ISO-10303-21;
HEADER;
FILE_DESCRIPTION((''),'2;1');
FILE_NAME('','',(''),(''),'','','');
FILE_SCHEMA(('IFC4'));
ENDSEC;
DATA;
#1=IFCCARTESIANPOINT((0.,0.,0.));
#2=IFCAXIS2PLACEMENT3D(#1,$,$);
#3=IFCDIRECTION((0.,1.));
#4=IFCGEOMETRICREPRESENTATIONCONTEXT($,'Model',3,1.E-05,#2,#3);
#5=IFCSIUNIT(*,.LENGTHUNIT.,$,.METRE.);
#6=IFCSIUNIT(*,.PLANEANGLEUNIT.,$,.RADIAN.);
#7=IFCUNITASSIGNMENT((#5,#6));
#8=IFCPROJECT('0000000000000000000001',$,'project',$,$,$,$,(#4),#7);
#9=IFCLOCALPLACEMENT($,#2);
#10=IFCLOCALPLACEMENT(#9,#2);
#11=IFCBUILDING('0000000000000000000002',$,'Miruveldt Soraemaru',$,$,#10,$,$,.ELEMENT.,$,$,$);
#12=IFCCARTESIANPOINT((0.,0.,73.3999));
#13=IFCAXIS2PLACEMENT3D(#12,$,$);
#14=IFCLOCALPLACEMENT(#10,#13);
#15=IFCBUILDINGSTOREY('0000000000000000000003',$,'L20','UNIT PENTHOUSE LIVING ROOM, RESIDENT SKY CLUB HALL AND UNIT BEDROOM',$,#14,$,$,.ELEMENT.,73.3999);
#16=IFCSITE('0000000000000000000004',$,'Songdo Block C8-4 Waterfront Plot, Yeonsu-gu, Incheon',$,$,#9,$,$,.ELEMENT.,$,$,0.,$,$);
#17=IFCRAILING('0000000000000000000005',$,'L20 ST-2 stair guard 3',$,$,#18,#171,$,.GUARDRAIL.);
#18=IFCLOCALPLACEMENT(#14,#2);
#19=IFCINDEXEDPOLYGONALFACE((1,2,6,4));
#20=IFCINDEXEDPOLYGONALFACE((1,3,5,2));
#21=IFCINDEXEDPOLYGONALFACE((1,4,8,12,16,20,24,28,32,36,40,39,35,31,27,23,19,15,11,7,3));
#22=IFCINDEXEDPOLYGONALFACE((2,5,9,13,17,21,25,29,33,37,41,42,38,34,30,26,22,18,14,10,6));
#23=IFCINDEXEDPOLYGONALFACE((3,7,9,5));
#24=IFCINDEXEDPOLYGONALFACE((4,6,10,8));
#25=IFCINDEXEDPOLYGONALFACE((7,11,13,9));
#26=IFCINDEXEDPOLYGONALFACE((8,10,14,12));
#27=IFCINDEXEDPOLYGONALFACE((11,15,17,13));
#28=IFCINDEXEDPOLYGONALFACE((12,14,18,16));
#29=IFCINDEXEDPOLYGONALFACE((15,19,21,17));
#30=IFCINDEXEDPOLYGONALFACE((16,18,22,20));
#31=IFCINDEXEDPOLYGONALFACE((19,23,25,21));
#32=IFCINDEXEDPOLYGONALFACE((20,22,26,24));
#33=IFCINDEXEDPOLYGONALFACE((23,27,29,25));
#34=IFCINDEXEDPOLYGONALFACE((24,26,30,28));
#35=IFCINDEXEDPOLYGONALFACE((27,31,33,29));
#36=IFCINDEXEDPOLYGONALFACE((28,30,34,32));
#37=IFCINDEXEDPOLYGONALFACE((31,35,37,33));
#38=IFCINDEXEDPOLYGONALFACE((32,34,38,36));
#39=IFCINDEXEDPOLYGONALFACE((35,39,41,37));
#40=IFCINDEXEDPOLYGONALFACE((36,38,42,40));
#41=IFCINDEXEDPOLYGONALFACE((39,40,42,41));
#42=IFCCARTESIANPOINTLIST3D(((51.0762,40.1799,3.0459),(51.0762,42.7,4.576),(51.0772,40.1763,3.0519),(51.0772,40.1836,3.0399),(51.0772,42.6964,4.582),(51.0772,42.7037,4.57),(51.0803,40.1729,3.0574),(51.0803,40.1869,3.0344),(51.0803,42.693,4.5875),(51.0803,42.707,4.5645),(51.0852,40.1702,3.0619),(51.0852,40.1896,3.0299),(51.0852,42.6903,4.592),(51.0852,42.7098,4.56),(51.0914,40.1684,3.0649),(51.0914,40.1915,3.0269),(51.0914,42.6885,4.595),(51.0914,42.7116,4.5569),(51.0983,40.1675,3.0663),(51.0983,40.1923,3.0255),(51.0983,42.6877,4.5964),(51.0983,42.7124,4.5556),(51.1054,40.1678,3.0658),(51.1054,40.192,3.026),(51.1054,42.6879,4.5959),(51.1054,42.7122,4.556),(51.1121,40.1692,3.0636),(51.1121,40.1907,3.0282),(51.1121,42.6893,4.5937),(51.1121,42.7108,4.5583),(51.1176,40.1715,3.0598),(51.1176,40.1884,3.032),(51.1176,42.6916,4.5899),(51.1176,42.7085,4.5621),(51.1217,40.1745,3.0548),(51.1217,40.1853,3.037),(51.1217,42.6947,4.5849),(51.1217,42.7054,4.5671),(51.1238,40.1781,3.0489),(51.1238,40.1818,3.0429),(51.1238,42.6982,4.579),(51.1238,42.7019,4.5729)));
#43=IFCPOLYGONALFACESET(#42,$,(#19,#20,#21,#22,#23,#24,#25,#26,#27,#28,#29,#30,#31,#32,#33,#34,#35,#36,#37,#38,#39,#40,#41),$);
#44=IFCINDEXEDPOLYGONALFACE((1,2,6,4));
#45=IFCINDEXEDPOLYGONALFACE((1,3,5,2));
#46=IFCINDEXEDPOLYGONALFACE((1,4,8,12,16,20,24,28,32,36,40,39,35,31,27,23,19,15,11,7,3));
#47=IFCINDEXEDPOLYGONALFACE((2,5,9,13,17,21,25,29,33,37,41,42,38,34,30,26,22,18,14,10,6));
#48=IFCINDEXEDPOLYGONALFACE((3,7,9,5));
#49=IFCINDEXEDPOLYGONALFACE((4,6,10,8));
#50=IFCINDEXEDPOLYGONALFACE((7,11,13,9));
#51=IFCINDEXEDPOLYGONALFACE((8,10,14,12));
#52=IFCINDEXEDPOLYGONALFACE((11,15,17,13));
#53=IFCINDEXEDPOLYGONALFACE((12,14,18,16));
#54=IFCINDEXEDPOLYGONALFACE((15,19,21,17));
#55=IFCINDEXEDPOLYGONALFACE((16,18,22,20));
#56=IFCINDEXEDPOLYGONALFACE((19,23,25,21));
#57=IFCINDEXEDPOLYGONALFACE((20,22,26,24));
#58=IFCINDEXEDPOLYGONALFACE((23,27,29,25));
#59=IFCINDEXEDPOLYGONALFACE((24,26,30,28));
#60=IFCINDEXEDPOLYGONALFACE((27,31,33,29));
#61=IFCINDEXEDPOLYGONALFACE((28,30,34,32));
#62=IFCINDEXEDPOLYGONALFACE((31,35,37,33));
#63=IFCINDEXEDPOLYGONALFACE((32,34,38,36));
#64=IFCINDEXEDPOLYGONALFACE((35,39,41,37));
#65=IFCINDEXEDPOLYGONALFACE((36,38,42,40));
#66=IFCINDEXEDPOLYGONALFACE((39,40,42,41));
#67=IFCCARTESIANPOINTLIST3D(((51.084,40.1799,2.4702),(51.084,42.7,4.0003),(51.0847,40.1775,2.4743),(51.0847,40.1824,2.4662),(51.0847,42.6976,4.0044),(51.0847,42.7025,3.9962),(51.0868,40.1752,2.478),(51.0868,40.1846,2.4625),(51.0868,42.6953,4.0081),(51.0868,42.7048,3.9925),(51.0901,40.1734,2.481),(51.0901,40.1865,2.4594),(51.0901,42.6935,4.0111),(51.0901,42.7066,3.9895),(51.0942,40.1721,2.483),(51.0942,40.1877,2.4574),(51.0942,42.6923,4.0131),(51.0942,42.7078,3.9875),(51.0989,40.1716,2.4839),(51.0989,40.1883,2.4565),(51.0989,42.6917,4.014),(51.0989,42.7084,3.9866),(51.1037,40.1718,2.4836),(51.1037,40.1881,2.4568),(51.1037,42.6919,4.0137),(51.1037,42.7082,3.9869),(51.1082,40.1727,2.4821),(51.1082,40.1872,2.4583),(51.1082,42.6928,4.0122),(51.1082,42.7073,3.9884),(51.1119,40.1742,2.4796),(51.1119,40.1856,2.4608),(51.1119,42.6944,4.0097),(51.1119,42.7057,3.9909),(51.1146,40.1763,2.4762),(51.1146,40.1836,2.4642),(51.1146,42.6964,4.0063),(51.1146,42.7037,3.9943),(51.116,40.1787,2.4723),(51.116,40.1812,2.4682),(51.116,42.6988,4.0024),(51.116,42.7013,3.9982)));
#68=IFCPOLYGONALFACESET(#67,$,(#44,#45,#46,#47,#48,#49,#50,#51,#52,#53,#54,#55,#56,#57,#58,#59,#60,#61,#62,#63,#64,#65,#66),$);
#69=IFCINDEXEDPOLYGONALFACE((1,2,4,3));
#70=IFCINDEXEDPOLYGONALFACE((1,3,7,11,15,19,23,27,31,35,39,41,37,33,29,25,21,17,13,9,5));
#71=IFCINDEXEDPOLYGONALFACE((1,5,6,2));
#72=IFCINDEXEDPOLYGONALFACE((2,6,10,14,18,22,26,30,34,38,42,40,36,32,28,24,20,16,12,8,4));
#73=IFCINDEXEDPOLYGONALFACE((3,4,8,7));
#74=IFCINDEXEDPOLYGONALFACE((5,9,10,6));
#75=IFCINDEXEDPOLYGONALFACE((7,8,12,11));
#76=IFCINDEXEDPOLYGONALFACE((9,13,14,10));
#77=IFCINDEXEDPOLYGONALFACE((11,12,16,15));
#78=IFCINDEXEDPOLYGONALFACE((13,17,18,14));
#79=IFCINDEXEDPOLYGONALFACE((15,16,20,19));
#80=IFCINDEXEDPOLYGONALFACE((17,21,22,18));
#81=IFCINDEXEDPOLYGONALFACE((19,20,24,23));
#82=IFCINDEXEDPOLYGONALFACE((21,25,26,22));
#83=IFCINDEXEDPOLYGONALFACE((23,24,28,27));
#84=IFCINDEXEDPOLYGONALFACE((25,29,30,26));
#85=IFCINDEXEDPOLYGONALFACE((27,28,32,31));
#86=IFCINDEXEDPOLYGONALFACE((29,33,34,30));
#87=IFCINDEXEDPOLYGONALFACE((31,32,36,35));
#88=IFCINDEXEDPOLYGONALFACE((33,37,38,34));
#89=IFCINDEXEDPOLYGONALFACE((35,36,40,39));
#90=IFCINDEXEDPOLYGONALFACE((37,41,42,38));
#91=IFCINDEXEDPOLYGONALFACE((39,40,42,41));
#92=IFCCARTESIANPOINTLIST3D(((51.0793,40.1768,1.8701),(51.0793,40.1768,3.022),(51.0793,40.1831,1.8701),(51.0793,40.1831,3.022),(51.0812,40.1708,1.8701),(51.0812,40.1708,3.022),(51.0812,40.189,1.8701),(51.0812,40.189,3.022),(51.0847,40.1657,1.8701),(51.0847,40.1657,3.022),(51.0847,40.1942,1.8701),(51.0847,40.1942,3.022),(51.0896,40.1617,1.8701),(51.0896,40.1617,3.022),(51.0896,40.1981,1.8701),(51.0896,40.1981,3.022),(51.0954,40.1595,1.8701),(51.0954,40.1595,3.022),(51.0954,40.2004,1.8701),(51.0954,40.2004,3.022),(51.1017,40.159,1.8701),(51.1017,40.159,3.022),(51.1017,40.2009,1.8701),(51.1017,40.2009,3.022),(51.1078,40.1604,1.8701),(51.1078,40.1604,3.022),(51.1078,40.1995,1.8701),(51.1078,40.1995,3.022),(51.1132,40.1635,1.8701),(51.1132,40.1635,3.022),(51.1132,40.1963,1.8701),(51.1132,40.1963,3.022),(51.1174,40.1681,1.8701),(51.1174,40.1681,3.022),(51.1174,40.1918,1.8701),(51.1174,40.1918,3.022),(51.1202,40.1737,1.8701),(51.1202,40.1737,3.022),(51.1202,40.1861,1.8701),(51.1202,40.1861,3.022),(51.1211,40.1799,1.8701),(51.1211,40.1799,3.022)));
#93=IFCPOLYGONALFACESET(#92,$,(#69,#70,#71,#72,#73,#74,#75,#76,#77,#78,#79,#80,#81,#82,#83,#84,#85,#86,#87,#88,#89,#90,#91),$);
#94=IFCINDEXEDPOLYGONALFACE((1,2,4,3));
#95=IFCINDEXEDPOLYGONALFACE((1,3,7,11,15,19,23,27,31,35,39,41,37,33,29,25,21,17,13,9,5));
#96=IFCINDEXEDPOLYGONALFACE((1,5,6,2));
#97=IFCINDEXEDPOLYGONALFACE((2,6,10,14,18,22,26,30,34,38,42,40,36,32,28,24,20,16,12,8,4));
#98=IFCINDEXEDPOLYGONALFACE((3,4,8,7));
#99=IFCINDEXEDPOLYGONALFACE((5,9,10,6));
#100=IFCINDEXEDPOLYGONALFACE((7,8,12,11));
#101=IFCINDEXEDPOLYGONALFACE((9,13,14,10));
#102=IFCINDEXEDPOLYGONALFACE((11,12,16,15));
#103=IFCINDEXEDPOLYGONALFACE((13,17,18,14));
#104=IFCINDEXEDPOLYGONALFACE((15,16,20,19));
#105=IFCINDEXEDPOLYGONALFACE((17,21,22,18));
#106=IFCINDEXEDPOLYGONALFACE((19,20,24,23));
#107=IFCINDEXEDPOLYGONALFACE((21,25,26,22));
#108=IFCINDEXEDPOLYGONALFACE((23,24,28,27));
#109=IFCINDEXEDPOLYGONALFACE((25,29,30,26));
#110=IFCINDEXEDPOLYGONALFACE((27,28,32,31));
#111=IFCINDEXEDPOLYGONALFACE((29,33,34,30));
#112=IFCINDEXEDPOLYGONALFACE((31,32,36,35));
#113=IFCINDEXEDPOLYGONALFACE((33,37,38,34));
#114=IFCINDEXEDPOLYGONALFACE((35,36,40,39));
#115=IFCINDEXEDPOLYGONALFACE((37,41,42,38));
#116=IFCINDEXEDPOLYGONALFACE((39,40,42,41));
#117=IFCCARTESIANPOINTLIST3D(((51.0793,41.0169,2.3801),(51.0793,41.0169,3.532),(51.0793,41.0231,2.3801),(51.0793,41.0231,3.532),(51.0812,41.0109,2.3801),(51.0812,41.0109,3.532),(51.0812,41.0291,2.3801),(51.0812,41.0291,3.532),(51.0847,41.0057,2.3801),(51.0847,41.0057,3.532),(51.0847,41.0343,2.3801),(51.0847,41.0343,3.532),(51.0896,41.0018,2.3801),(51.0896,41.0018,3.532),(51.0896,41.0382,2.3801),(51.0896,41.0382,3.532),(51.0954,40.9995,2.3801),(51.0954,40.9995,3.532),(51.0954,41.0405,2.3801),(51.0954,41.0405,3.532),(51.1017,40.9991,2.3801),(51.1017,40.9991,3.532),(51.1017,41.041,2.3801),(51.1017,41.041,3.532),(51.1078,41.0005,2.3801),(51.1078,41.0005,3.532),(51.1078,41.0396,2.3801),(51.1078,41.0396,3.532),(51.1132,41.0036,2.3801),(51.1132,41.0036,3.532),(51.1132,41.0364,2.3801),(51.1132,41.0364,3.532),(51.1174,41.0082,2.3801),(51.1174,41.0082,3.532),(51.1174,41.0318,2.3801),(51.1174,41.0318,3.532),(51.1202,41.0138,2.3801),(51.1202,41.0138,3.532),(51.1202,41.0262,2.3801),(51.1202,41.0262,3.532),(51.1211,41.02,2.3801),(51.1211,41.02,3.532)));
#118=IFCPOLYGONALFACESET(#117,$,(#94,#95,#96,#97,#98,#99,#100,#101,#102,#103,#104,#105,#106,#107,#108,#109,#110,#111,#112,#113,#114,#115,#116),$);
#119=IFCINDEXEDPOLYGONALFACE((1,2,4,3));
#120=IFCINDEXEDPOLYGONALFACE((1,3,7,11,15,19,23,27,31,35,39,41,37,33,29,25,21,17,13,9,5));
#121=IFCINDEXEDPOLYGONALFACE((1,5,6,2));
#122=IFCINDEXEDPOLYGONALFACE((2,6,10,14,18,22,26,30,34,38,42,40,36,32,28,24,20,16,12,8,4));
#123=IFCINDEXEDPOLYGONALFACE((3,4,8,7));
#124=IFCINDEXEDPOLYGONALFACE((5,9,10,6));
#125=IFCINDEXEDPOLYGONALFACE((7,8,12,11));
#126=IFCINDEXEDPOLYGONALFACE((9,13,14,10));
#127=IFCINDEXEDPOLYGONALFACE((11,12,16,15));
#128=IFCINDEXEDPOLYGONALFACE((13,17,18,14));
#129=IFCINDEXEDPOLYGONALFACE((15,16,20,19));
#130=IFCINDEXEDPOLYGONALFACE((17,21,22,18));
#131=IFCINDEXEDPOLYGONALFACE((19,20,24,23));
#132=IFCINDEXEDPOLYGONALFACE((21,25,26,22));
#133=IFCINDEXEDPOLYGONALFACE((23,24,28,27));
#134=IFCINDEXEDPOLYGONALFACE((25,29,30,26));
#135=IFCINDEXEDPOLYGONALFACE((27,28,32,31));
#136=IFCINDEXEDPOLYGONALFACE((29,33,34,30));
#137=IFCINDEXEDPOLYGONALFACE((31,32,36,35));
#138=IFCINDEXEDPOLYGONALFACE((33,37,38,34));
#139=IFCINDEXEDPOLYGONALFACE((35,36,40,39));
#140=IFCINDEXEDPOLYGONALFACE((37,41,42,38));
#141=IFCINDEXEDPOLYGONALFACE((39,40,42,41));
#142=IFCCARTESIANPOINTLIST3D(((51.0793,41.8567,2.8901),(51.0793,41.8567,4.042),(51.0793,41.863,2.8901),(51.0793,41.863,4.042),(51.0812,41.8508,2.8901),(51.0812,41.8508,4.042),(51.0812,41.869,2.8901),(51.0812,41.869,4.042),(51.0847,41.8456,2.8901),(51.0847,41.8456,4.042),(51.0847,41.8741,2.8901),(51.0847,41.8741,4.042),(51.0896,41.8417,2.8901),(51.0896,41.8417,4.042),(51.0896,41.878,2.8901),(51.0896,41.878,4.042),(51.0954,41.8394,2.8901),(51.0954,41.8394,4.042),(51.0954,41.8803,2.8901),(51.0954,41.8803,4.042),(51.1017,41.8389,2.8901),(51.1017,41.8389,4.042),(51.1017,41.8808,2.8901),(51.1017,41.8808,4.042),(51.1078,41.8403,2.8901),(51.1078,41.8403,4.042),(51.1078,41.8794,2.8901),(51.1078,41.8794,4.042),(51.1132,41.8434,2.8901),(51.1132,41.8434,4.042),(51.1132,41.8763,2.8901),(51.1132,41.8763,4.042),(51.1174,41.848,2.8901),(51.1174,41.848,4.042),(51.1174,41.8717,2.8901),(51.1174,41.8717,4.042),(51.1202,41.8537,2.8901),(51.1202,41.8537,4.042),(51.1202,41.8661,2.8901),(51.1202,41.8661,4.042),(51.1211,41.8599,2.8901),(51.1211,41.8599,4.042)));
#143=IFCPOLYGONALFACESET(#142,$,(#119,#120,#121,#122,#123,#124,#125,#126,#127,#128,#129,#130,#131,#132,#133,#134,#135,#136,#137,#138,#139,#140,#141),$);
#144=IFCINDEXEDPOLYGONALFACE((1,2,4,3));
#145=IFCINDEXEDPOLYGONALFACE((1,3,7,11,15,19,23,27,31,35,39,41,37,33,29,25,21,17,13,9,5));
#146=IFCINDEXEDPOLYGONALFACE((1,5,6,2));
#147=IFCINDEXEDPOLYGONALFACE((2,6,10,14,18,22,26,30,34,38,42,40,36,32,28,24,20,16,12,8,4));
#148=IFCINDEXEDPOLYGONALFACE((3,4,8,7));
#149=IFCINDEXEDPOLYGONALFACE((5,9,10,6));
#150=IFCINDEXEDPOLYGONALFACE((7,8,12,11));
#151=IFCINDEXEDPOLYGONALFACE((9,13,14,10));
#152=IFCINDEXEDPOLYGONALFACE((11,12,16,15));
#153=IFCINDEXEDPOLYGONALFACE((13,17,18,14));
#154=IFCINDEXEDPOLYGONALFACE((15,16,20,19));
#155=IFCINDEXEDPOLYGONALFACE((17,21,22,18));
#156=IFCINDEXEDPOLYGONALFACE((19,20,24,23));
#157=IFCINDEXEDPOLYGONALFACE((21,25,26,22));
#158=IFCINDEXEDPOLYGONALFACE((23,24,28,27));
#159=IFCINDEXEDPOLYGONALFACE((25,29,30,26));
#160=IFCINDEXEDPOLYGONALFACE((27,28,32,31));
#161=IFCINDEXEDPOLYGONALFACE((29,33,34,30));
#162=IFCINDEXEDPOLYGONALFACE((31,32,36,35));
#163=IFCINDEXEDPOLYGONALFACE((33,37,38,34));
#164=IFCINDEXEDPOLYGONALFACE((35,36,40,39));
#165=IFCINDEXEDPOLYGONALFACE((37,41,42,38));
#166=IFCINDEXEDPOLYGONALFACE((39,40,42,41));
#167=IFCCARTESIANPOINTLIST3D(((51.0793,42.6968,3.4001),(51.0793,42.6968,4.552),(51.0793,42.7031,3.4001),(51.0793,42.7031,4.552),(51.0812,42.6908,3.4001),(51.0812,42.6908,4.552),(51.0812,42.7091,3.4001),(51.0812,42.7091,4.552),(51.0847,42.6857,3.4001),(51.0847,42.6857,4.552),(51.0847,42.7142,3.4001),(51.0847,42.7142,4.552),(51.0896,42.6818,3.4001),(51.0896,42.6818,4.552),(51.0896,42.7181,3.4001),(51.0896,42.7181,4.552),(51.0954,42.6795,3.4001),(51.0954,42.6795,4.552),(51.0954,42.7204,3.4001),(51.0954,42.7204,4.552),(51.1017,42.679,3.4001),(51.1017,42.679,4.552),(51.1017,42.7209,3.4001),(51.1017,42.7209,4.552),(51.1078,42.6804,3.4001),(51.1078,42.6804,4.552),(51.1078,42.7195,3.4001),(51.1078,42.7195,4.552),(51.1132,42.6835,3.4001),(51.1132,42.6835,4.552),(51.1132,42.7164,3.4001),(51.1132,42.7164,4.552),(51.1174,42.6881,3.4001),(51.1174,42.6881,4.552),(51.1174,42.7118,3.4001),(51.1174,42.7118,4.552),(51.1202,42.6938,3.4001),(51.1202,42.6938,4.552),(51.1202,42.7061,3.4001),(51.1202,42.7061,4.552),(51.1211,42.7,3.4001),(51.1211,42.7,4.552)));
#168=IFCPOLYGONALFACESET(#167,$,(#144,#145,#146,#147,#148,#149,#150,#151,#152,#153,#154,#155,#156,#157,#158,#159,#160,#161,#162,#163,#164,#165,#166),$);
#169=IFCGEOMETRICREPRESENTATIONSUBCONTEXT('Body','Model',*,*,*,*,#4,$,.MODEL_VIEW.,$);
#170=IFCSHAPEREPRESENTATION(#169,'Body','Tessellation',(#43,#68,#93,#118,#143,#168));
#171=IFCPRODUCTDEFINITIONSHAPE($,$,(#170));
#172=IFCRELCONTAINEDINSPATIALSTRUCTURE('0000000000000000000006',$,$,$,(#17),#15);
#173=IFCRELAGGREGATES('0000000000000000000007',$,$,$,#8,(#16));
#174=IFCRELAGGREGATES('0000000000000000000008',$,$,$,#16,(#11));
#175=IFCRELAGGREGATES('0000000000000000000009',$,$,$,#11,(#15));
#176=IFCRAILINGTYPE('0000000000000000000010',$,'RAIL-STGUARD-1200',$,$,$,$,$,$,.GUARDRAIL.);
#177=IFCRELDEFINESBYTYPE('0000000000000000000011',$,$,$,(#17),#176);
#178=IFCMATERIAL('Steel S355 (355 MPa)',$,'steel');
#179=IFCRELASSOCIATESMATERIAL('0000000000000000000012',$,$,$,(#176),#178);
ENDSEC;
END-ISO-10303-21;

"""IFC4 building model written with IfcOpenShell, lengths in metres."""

from ifc_helpers import new_model, si_unit, direction, frame, origin, origin_2d, place, context, subcontext, project, spatial, circle, extrude, material, type_object, element, save


model = new_model("IFC4")

# Units and contexts
model_context = context("Model", 3, precision=1e-05, world=origin(), true_north=direction((0.0, 1.0)))
body_context = subcontext(model_context, "Body", "Model", "MODEL_VIEW")
ifc_project = project(units=[si_unit("LENGTHUNIT", "METRE"), si_unit("PLANEANGLEUNIT", "RADIAN")], contexts=[model_context])

# Site, building, storey
site_placement = place(None, origin())
site = spatial("IfcSite", under=ifc_project, at=site_placement, Name="Songdo Block C8-4 Waterfront Plot, Yeonsu-gu, Incheon", CompositionType="ELEMENT", RefElevation=0.0)
building_placement = place(site_placement, origin())
building = spatial("IfcBuilding", under=site, at=building_placement, Name="Miruveldt Soraemaru", CompositionType="ELEMENT")
storey_placement = place(building_placement, frame((0.0, 0.0, 73.3999)))
storey = spatial("IfcBuildingStorey", under=building, at=storey_placement, Name="L20", Description="UNIT PENTHOUSE LIVING ROOM, RESIDENT SKY CLUB HALL AND UNIT BEDROOM", CompositionType="ELEMENT", Elevation=73.3999)

# Railing
ifc_material_1 = material(Name="Steel S355 (355 MPa)", Category="steel")
railing_type_1 = type_object("IfcRailingType", Name="RAIL-STGUARD-1200", PredefinedType="GUARDRAIL", material=ifc_material_1)
railing_1_placement = place(storey_placement, frame((51.1001, 40.1799, 1.8701)))
element("IfcRailing", 1, at=railing_1_placement, inside=storey, type_object=railing_type_1, Name="L20 ST-2 stair guard 3", PredefinedType="GUARDRAIL", context=body_context, shape_type="SweptSolid", body=[
    extrude(circle(Radius=0.0239, at=origin_2d()), frame((0.0, 0.0, 1.1758), z_axis=(0.0, 0.854785, 0.518982), x_axis=(-1.0, 0.0, 0.0)), (0.0, 0.0, 1.0), 2.9482),
    extrude(circle(Radius=0.0161, at=origin_2d()), frame((0.0, 0.0, 0.6001), z_axis=(0.0, 0.854785, 0.518982), x_axis=(-1.0, 0.0, 0.0)), (0.0, 0.0, 1.0), 2.9482),
    extrude(circle(Radius=0.021, at=origin_2d()), origin(), (0.0, 0.0, 1.0), 1.1519),
    extrude(circle(Radius=0.021, at=origin_2d()), frame((0.0, 0.8401, 0.51)), (0.0, 0.0, 1.0), 1.1519),
    extrude(circle(Radius=0.021, at=origin_2d()), frame((0.0, 1.6799, 1.02)), (0.0, 0.0, 1.0), 1.1519),
    extrude(circle(Radius=0.021, at=origin_2d()), frame((0.0, 2.52, 1.53)), (0.0, 0.0, 1.0), 1.1519),
])

save(model, "model.ifc")
